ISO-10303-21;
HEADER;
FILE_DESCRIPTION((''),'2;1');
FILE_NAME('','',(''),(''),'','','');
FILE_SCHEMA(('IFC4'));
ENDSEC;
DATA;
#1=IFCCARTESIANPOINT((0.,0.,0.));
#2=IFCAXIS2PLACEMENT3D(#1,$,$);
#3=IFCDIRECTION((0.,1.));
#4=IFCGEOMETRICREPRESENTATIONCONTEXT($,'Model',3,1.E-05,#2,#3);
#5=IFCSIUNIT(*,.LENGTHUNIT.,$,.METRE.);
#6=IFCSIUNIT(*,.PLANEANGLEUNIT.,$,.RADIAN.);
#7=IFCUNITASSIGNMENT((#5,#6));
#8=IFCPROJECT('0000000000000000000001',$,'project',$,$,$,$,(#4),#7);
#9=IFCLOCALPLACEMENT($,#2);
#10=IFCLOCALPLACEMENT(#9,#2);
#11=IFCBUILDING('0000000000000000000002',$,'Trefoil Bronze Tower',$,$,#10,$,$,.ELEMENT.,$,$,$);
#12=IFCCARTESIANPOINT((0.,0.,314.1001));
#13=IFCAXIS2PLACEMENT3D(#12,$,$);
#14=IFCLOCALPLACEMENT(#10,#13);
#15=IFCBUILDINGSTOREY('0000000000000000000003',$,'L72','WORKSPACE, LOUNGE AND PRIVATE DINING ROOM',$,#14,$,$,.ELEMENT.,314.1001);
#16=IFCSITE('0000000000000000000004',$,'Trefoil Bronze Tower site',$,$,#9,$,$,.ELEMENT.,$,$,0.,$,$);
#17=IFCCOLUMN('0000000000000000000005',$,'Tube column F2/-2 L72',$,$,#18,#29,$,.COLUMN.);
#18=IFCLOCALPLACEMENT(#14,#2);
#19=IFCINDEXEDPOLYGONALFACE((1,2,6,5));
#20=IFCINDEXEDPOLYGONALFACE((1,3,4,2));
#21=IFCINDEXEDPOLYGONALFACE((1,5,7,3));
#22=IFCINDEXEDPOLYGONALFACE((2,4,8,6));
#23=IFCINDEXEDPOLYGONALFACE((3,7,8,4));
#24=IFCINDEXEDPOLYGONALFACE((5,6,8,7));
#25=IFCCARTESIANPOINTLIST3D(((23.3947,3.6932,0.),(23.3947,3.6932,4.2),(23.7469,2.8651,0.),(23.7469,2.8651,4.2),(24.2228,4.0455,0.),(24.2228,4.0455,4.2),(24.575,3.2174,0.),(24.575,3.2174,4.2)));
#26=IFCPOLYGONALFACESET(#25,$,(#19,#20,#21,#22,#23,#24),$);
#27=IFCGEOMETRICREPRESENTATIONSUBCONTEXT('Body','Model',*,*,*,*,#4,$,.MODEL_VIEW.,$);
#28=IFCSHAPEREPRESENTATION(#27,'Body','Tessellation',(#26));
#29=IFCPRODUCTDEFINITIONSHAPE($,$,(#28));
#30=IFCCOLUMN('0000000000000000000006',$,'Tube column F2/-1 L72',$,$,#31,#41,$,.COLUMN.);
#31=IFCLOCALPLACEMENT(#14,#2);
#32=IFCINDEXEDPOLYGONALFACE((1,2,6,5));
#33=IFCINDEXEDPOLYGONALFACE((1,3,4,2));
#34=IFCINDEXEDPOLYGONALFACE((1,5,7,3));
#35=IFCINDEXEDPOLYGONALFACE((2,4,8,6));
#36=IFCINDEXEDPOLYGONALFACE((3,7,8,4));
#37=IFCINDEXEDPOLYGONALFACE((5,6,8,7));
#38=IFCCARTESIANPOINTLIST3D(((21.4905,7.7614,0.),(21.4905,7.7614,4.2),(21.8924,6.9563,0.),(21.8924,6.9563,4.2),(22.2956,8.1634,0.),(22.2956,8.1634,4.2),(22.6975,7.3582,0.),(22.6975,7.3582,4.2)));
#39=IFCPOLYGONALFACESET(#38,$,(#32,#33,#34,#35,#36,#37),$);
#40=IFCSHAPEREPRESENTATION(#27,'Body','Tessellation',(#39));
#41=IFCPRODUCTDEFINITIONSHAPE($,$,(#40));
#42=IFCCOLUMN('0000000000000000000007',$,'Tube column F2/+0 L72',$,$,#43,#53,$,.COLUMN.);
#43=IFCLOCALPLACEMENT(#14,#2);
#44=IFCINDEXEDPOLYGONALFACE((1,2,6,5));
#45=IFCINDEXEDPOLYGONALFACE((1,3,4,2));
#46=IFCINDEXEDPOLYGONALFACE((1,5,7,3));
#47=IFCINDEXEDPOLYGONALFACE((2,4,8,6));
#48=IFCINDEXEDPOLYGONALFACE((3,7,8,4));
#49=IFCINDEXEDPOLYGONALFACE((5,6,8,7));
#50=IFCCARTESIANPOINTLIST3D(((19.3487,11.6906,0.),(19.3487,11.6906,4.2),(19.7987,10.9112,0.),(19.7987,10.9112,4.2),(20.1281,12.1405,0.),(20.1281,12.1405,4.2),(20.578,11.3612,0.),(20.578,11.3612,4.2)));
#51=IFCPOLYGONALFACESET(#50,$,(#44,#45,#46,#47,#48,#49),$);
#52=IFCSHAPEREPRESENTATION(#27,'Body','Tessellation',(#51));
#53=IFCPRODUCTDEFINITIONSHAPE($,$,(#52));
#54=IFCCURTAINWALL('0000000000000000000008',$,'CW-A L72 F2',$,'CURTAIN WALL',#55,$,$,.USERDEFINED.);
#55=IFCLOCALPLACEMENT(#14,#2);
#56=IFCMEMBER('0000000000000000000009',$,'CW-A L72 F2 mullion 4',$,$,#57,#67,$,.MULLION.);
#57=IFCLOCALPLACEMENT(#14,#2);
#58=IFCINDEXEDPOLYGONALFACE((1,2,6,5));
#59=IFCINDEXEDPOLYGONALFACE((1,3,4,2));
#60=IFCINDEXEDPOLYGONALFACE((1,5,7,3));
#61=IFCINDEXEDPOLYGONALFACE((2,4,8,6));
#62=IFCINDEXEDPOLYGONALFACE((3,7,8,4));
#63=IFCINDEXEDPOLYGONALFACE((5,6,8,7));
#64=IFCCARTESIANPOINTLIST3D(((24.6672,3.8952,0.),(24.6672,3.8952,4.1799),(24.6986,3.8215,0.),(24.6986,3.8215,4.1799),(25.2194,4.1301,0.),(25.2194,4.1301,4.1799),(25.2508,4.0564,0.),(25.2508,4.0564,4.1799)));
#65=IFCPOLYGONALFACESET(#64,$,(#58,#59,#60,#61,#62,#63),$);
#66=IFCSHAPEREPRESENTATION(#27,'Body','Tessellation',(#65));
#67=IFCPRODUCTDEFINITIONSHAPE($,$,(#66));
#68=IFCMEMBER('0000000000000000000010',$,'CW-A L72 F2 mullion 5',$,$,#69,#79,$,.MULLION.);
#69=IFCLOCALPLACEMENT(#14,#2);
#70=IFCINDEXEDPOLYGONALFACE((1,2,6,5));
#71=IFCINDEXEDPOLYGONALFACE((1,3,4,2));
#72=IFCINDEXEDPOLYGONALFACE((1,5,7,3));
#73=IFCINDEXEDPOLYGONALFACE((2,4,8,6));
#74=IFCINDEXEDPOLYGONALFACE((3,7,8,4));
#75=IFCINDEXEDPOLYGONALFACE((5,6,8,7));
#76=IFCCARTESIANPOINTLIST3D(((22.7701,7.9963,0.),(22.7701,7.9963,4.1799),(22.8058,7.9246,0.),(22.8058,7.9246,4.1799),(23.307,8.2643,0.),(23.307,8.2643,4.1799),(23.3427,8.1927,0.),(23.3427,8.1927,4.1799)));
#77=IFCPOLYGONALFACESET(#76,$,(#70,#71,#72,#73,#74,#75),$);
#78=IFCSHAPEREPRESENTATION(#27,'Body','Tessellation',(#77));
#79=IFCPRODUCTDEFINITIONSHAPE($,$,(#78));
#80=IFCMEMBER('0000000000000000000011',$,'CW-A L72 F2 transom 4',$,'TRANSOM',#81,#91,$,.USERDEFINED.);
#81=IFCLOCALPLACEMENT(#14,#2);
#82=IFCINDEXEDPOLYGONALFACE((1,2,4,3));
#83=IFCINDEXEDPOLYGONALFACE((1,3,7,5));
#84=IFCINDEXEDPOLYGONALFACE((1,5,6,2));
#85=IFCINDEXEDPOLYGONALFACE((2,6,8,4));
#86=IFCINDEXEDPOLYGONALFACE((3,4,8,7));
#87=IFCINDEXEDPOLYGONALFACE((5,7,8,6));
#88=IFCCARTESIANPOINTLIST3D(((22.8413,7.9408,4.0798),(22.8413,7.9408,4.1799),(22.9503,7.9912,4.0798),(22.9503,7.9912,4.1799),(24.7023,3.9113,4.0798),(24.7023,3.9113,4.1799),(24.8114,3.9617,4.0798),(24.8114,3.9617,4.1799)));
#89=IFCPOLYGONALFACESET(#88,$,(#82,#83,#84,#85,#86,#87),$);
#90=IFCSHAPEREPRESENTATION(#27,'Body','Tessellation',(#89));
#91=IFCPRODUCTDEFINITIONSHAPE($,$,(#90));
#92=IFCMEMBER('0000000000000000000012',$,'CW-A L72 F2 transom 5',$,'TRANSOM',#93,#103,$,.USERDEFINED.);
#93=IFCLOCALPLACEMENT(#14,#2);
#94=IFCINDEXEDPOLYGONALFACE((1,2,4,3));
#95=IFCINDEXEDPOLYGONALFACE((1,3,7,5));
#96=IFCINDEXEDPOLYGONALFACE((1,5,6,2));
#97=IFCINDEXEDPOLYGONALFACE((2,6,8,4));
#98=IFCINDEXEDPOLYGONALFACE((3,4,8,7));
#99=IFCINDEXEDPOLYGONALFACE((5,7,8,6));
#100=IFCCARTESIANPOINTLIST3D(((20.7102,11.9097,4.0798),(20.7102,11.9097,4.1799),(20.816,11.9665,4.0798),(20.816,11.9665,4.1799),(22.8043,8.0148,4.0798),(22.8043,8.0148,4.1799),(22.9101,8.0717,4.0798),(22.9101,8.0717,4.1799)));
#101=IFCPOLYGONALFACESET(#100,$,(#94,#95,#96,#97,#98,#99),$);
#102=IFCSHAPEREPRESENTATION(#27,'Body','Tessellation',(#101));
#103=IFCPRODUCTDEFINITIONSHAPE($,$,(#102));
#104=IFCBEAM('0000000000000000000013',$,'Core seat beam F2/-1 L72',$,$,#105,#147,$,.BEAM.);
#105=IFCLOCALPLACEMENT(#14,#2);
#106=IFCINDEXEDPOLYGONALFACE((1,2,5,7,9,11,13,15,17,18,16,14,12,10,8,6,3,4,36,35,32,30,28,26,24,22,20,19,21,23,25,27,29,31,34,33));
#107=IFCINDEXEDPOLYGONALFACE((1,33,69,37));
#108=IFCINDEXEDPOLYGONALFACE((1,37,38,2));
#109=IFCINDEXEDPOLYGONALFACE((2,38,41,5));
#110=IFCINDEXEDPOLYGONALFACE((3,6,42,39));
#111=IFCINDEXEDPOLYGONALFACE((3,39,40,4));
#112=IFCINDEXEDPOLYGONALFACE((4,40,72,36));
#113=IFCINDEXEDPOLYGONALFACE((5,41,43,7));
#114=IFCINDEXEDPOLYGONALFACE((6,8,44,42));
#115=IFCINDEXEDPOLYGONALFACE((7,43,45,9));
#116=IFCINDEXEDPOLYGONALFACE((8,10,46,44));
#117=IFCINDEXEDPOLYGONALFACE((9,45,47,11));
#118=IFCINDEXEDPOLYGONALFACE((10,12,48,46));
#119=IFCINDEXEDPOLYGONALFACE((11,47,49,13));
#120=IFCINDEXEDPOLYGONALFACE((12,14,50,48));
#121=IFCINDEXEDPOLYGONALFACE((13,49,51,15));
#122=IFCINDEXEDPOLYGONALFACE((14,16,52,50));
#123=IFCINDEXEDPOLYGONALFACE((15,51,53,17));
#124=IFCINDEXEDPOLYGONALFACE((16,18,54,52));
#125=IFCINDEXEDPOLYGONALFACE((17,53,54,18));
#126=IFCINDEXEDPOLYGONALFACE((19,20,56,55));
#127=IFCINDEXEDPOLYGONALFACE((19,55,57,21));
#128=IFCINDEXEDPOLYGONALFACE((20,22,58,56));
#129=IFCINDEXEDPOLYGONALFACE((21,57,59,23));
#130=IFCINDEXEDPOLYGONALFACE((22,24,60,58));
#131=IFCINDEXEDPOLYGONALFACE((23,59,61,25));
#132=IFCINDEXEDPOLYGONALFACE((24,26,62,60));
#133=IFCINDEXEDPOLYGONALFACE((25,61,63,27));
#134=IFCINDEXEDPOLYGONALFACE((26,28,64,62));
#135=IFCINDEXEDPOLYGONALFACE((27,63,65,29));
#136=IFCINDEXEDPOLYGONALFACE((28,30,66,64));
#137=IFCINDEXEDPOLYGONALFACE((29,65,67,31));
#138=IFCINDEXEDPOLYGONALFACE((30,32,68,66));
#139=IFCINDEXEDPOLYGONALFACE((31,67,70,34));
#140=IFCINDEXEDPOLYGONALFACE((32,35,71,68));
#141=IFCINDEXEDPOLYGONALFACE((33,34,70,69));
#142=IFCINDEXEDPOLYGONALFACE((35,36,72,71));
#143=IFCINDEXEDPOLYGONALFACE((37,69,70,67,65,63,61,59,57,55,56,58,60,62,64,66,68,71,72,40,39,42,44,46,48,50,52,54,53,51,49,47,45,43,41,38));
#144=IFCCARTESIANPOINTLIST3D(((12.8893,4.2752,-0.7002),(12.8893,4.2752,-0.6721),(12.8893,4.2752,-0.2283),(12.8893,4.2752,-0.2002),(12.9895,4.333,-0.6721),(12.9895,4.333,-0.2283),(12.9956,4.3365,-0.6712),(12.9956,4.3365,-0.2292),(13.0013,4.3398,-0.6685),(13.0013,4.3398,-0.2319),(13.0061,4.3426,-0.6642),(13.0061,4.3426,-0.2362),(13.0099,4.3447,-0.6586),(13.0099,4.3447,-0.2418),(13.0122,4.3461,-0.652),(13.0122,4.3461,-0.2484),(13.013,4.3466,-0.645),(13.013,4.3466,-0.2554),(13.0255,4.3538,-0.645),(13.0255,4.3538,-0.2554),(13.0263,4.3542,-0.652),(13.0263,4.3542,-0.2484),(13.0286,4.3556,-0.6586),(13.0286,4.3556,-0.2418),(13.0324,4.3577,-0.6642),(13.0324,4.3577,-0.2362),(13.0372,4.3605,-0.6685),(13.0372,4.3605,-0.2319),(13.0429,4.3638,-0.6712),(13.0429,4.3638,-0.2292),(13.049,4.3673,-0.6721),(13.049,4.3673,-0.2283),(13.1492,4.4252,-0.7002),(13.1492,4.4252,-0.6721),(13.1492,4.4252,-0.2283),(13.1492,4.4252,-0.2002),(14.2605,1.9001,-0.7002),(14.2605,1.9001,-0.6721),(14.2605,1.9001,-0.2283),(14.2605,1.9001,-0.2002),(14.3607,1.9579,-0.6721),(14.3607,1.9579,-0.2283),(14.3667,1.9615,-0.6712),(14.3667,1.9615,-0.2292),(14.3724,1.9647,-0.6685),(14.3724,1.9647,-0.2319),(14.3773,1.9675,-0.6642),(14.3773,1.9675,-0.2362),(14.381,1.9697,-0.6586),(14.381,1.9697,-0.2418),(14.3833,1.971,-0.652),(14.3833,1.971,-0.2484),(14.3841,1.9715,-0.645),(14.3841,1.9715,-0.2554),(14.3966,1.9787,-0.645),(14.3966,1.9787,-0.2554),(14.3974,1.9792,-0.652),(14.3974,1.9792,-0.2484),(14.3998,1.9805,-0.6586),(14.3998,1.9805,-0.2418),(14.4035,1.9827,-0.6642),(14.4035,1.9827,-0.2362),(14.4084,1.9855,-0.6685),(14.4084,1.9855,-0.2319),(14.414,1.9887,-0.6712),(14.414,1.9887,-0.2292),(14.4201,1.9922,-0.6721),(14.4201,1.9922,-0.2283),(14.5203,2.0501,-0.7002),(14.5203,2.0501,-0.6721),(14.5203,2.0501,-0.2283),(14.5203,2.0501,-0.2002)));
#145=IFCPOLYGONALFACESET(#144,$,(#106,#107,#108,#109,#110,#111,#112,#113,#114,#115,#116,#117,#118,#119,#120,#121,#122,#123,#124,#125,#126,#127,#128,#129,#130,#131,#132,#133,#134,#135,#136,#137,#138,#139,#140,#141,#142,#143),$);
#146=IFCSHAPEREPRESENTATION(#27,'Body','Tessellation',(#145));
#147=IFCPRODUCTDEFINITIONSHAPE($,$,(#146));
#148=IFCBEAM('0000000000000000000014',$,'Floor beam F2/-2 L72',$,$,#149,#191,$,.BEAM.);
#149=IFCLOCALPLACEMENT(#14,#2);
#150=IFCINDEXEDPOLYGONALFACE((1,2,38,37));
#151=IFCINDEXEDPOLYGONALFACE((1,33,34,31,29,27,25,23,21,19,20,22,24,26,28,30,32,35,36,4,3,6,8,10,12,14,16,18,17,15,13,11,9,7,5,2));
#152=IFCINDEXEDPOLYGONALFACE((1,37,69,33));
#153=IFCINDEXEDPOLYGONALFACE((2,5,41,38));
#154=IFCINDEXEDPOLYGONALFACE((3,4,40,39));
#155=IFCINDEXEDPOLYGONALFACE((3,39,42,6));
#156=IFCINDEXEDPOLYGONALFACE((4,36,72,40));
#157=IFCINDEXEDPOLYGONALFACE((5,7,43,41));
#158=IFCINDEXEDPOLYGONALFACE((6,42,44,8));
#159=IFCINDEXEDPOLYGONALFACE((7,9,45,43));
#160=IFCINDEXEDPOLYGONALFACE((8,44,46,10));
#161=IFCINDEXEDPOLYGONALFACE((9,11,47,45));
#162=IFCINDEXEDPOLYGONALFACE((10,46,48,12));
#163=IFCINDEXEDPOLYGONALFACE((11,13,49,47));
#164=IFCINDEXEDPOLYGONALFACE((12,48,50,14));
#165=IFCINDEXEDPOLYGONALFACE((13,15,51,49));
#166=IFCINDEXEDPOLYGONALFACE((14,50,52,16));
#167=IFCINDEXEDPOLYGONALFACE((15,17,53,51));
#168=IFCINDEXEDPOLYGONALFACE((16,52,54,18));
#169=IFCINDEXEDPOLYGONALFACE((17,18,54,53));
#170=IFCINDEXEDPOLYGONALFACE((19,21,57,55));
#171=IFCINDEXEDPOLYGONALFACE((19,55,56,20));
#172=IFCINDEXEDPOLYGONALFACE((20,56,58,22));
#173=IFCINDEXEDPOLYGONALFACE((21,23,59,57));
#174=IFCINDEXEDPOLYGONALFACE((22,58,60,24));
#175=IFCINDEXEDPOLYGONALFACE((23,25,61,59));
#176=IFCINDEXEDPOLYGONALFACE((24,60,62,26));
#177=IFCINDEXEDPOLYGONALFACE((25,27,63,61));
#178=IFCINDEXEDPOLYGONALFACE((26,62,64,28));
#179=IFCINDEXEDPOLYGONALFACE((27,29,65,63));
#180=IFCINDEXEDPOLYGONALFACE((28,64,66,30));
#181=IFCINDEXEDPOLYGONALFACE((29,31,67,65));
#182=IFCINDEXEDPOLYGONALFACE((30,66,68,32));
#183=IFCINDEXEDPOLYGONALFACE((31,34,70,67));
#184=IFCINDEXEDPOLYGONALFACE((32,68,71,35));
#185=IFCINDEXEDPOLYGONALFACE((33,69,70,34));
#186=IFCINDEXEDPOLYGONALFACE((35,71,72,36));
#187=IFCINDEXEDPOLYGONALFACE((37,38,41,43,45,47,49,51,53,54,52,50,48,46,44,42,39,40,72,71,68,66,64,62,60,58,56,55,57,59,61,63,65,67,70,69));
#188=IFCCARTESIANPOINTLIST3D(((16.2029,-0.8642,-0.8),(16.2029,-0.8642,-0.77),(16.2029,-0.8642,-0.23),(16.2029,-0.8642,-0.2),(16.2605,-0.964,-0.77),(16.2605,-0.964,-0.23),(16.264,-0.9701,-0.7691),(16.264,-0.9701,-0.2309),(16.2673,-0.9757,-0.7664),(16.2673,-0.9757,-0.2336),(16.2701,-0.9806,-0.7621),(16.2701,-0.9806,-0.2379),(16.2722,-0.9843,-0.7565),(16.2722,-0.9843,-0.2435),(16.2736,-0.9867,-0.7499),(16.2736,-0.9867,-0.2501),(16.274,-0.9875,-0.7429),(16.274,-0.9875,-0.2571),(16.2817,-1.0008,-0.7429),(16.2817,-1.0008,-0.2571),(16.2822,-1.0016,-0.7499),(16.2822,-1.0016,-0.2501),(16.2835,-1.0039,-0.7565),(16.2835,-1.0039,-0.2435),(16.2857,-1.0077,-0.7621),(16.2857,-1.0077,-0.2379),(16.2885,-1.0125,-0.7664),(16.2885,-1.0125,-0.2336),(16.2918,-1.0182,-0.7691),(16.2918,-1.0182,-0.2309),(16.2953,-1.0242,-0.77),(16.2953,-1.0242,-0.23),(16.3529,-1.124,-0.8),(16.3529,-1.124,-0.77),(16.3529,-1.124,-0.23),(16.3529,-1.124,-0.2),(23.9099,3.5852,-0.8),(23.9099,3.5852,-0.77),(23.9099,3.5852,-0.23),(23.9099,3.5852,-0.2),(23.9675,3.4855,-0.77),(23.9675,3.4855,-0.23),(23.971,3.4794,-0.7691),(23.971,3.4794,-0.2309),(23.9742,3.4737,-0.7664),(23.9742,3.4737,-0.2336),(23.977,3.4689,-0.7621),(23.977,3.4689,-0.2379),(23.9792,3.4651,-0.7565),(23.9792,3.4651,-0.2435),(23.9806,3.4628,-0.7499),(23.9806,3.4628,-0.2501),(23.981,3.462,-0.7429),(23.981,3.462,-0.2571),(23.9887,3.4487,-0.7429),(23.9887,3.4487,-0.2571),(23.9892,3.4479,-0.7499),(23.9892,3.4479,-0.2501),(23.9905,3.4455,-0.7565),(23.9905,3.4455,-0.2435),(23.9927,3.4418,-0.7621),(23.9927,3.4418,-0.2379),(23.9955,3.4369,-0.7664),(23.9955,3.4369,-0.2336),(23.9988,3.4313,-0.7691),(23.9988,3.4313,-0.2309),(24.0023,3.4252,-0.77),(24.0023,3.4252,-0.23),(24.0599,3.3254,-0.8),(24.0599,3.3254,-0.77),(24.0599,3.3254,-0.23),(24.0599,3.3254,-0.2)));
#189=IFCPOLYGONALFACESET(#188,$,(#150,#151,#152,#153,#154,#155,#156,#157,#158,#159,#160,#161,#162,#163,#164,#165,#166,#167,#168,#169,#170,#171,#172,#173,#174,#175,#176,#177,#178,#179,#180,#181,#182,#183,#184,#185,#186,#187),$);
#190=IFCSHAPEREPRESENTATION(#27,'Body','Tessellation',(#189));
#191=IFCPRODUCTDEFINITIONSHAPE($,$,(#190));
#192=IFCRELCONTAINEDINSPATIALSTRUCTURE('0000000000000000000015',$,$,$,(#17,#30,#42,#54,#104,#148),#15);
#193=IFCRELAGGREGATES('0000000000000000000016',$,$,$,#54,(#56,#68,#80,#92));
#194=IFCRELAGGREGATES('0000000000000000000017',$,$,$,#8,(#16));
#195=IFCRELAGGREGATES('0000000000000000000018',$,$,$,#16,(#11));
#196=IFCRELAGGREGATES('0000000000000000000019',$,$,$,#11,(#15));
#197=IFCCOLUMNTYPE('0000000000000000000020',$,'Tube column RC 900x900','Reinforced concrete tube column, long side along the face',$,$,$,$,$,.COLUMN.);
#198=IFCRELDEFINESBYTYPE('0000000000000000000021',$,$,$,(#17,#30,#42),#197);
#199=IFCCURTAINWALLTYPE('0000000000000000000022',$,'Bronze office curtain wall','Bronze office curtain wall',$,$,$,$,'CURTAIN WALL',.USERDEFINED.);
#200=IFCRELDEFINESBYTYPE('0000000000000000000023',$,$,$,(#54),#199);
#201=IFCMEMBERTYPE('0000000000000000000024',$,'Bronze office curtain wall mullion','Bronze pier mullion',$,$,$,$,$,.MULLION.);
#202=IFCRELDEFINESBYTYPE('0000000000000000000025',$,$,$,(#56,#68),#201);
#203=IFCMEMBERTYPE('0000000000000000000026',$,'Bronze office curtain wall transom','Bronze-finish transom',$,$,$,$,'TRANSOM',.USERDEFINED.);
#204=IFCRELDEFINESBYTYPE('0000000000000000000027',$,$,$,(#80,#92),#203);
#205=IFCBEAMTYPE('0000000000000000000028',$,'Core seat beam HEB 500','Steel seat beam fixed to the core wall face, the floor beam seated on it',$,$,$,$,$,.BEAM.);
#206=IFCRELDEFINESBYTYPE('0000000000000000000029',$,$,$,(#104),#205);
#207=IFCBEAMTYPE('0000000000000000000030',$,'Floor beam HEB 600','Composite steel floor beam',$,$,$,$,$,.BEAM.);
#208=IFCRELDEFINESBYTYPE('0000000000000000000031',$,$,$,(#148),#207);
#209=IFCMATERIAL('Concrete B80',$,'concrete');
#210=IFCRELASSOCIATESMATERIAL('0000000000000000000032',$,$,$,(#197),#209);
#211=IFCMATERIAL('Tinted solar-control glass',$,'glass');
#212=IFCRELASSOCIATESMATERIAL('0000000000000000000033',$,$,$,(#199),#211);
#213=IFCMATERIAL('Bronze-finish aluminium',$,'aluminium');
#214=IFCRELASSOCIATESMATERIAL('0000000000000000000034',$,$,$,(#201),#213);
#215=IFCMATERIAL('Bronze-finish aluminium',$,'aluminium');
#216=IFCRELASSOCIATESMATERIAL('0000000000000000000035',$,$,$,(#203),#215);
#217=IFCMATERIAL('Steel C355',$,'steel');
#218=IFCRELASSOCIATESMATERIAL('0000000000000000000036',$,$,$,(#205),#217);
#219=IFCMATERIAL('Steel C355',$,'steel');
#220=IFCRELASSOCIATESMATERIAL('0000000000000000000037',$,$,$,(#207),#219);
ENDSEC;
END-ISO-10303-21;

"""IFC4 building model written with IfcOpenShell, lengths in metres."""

from ifc_helpers import new_model, si_unit, direction, frame, origin, origin_2d, place, context, subcontext, project, spatial, rectangle, i_section, extrude, material, material_profile, profile_set, type_object, element, aggregate, save


model = new_model("IFC4")

# Units and contexts
model_context = context("Model", 3, precision=1e-05, world=origin(), true_north=direction((0.0, 1.0)))
body_context = subcontext(model_context, "Body", "Model", "MODEL_VIEW")
ifc_project = project(units=[si_unit("LENGTHUNIT", "METRE"), si_unit("PLANEANGLEUNIT", "RADIAN")], contexts=[model_context])

# Site, building, storey
site_placement = place(None, origin())
site = spatial("IfcSite", under=ifc_project, at=site_placement, Name="Trefoil Bronze Tower site", CompositionType="ELEMENT", RefElevation=0.0)
building_placement = place(site_placement, origin())
building = spatial("IfcBuilding", under=site, at=building_placement, Name="Trefoil Bronze Tower", CompositionType="ELEMENT")
storey_placement = place(building_placement, frame((0.0, 0.0, 314.1001)))
storey = spatial("IfcBuildingStorey", under=building, at=storey_placement, Name="L72", Description="WORKSPACE, LOUNGE AND PRIVATE DINING ROOM", CompositionType="ELEMENT", Elevation=314.1001)

# Columns
ifc_material_1 = material(Name="Concrete B80", Category="concrete")
ifc_material_profile_1 = material_profile(ifc_material_1, rectangle(XDim=0.8999, YDim=0.8999, at=origin_2d()), Name="RC 900x900")
ifc_profile_set_1 = profile_set([ifc_material_profile_1], Name="Concrete B80")
column_type = type_object("IfcColumnType", Name="Tube column RC 900x900", Description="Reinforced concrete tube column, long side along the face", PredefinedType="COLUMN", material=ifc_profile_set_1)
for number, where, z_axis, x_axis, name in (
    (1, (23.9849, 3.4553, 0.0), (0.0, 0.0, 1.0), (-0.391436, 0.920205, 0.0), "Tube column F2/-2 L72"),
    (2, (22.094, 7.5598, 0.0), (0.0, 0.0, 1.0), (-0.446641, 0.894713, 0.0), "Tube column F2/-1 L72"),
    (3, (19.9634, 11.5259, 0.0), (0.0, 0.0, 1.0), (-0.5, 0.866025, 0.0), "Tube column F2/+0 L72"),
):
    element("IfcColumn", number, at=place(storey_placement, frame(where, z_axis=z_axis, x_axis=x_axis)), inside=storey, type_object=column_type, Name=name, PredefinedType="COLUMN", context=body_context, shape_type="SweptSolid", body=[
        extrude(rectangle(XDim=0.8999, YDim=0.8999, at=origin_2d()), origin(), (0.0, 0.0, 1.0), 4.2),
    ])

# Curtain wall, members
ifc_material_2 = material(Name="Tinted solar-control glass", Category="glass")
curtain_wall_type = type_object("IfcCurtainWallType", Name="Bronze office curtain wall", Description="Bronze office curtain wall", ElementType="CURTAIN WALL", PredefinedType="USERDEFINED", material=ifc_material_2)
curtain_wall_placement = place(storey_placement, origin())
curtain_wall = element("IfcCurtainWall", 4, at=curtain_wall_placement, inside=storey, type_object=curtain_wall_type, Name="CW-A L72 F2", ObjectType="CURTAIN WALL", PredefinedType="USERDEFINED")
ifc_material_3 = material(Name="Bronze-finish aluminium", Category="aluminium")
ifc_material_profile_2 = material_profile(ifc_material_3, rectangle(XDim=0.6001, YDim=0.0801, at=origin_2d()), Name="CW-A mullion")
ifc_profile_set_2 = profile_set([ifc_material_profile_2], Name="Bronze-finish aluminium")
member_type_1 = type_object("IfcMemberType", Name="Bronze office curtain wall mullion", Description="Bronze pier mullion", PredefinedType="MULLION", material=ifc_profile_set_2)
member_1_placement = place(storey_placement, frame((24.959, 3.9758, 0.0), z_axis=(0.0, 0.0, 1.0), x_axis=(-0.920205, -0.391436, 0.0)))
member_1 = element("IfcMember", 5, at=member_1_placement, type_object=member_type_1, Name="CW-A L72 F2 mullion 4", PredefinedType="MULLION", context=body_context, shape_type="SweptSolid", body=[
    extrude(rectangle(XDim=0.6001, YDim=0.0801, at=origin_2d()), origin(), (0.0, 0.0, 1.0), 4.1799),
])
member_2_placement = place(storey_placement, frame((23.0564, 8.0945, 0.0), z_axis=(0.0, 0.0, 1.0), x_axis=(-0.894713, -0.446641, 0.0)))
member_2 = element("IfcMember", 6, at=member_2_placement, type_object=member_type_1, Name="CW-A L72 F2 mullion 5", PredefinedType="MULLION", context=body_context, shape_type="SweptSolid", body=[
    extrude(rectangle(XDim=0.6001, YDim=0.0801, at=origin_2d()), origin(), (0.0, 0.0, 1.0), 4.1799),
])
ifc_material_4 = material(Name="Bronze-finish aluminium", Category="aluminium")
ifc_material_profile_3 = material_profile(ifc_material_4, rectangle(XDim=0.1201, YDim=0.1001, at=origin_2d()), Name="CW-A transom")
ifc_profile_set_3 = profile_set([ifc_material_profile_3], Name="Bronze-finish aluminium")
member_type_2 = type_object("IfcMemberType", Name="Bronze office curtain wall transom", Description="Bronze-finish transom", ElementType="TRANSOM", PredefinedType="USERDEFINED", material=ifc_profile_set_3)
member_3_placement = place(storey_placement, frame((24.7568, 3.9365, 4.1299), z_axis=(-0.419299, 0.907848, 0.0), x_axis=(-0.907848, -0.419299, 0.0)))
member_3 = element("IfcMember", 7, at=member_3_placement, type_object=member_type_2, Name="CW-A L72 F2 transom 4", ObjectType="TRANSOM", PredefinedType="USERDEFINED", context=body_context, shape_type="SweptSolid", body=[
    extrude(rectangle(XDim=0.1201, YDim=0.1001, at=origin_2d()), origin(), (0.0, 0.0, 1.0), 4.4385),
])
member_4_placement = place(storey_placement, frame((22.8572, 8.0432, 4.1299), z_axis=(-0.47354, 0.880772, 0.0), x_axis=(-0.880772, -0.47354, 0.0)))
member_4 = element("IfcMember", 8, at=member_4_placement, type_object=member_type_2, Name="CW-A L72 F2 transom 5", ObjectType="TRANSOM", PredefinedType="USERDEFINED", context=body_context, shape_type="SweptSolid", body=[
    extrude(rectangle(XDim=0.1201, YDim=0.1001, at=origin_2d()), origin(), (0.0, 0.0, 1.0), 4.4221),
])

# Beams
ifc_material_5 = material(Name="Steel C355", Category="steel")
ifc_material_profile_4 = material_profile(ifc_material_5, i_section(OverallWidth=0.3, OverallDepth=0.5, WebThickness=0.0144, FlangeThickness=0.0281, FilletRadius=0.0271, at=origin_2d()), Name="HEB 500")
ifc_profile_set_4 = profile_set([ifc_material_profile_4], Name="Steel C355")
beam_type_1 = type_object("IfcBeamType", Name="Core seat beam HEB 500", Description="Steel seat beam fixed to the core wall face, the floor beam seated on it", PredefinedType="BEAM", material=ifc_profile_set_4)
beam_1_placement = place(storey_placement, frame((14.3904, 1.9751, -0.4502), z_axis=(-0.499969, 0.866043, 0.0), x_axis=(-0.866043, -0.499969, 0.0)))
element("IfcBeam", 9, at=beam_1_placement, inside=storey, type_object=beam_type_1, Name="Core seat beam F2/-1 L72", PredefinedType="BEAM", context=body_context, shape_type="SweptSolid", body=[
    extrude(i_section(OverallWidth=0.3, OverallDepth=0.5, WebThickness=0.0144, FlangeThickness=0.0281, FilletRadius=0.0271, at=origin_2d()), origin(), (0.0, 0.0, 1.0), 2.7424),
])
ifc_material_6 = material(Name="Steel C355", Category="steel")
ifc_material_profile_5 = material_profile(ifc_material_6, i_section(OverallWidth=0.3, OverallDepth=0.6001, WebThickness=0.0154, FlangeThickness=0.03, FilletRadius=0.0271, at=origin_2d()), Name="HEB 600")
ifc_profile_set_5 = profile_set([ifc_material_profile_5], Name="Steel C355")
beam_type_2 = type_object("IfcBeamType", Name="Floor beam HEB 600", Description="Composite steel floor beam", PredefinedType="BEAM", material=ifc_profile_set_5)
beam_2_placement = place(storey_placement, frame((23.9849, 3.4553, -0.5), z_axis=(-0.866035, -0.499984, 0.0), x_axis=(0.499984, -0.866035, 0.0)))
element("IfcBeam", 10, at=beam_2_placement, inside=storey, type_object=beam_type_2, Name="Floor beam F2/-2 L72", PredefinedType="BEAM", context=body_context, shape_type="SweptSolid", body=[
    extrude(i_section(OverallWidth=0.3, OverallDepth=0.6001, WebThickness=0.0154, FlangeThickness=0.03, FilletRadius=0.0271, at=origin_2d()), origin(), (0.0, 0.0, 1.0), 8.8992),
])

aggregate(curtain_wall, [member_1, member_2, member_3, member_4])

save(model, "model.ifc")
